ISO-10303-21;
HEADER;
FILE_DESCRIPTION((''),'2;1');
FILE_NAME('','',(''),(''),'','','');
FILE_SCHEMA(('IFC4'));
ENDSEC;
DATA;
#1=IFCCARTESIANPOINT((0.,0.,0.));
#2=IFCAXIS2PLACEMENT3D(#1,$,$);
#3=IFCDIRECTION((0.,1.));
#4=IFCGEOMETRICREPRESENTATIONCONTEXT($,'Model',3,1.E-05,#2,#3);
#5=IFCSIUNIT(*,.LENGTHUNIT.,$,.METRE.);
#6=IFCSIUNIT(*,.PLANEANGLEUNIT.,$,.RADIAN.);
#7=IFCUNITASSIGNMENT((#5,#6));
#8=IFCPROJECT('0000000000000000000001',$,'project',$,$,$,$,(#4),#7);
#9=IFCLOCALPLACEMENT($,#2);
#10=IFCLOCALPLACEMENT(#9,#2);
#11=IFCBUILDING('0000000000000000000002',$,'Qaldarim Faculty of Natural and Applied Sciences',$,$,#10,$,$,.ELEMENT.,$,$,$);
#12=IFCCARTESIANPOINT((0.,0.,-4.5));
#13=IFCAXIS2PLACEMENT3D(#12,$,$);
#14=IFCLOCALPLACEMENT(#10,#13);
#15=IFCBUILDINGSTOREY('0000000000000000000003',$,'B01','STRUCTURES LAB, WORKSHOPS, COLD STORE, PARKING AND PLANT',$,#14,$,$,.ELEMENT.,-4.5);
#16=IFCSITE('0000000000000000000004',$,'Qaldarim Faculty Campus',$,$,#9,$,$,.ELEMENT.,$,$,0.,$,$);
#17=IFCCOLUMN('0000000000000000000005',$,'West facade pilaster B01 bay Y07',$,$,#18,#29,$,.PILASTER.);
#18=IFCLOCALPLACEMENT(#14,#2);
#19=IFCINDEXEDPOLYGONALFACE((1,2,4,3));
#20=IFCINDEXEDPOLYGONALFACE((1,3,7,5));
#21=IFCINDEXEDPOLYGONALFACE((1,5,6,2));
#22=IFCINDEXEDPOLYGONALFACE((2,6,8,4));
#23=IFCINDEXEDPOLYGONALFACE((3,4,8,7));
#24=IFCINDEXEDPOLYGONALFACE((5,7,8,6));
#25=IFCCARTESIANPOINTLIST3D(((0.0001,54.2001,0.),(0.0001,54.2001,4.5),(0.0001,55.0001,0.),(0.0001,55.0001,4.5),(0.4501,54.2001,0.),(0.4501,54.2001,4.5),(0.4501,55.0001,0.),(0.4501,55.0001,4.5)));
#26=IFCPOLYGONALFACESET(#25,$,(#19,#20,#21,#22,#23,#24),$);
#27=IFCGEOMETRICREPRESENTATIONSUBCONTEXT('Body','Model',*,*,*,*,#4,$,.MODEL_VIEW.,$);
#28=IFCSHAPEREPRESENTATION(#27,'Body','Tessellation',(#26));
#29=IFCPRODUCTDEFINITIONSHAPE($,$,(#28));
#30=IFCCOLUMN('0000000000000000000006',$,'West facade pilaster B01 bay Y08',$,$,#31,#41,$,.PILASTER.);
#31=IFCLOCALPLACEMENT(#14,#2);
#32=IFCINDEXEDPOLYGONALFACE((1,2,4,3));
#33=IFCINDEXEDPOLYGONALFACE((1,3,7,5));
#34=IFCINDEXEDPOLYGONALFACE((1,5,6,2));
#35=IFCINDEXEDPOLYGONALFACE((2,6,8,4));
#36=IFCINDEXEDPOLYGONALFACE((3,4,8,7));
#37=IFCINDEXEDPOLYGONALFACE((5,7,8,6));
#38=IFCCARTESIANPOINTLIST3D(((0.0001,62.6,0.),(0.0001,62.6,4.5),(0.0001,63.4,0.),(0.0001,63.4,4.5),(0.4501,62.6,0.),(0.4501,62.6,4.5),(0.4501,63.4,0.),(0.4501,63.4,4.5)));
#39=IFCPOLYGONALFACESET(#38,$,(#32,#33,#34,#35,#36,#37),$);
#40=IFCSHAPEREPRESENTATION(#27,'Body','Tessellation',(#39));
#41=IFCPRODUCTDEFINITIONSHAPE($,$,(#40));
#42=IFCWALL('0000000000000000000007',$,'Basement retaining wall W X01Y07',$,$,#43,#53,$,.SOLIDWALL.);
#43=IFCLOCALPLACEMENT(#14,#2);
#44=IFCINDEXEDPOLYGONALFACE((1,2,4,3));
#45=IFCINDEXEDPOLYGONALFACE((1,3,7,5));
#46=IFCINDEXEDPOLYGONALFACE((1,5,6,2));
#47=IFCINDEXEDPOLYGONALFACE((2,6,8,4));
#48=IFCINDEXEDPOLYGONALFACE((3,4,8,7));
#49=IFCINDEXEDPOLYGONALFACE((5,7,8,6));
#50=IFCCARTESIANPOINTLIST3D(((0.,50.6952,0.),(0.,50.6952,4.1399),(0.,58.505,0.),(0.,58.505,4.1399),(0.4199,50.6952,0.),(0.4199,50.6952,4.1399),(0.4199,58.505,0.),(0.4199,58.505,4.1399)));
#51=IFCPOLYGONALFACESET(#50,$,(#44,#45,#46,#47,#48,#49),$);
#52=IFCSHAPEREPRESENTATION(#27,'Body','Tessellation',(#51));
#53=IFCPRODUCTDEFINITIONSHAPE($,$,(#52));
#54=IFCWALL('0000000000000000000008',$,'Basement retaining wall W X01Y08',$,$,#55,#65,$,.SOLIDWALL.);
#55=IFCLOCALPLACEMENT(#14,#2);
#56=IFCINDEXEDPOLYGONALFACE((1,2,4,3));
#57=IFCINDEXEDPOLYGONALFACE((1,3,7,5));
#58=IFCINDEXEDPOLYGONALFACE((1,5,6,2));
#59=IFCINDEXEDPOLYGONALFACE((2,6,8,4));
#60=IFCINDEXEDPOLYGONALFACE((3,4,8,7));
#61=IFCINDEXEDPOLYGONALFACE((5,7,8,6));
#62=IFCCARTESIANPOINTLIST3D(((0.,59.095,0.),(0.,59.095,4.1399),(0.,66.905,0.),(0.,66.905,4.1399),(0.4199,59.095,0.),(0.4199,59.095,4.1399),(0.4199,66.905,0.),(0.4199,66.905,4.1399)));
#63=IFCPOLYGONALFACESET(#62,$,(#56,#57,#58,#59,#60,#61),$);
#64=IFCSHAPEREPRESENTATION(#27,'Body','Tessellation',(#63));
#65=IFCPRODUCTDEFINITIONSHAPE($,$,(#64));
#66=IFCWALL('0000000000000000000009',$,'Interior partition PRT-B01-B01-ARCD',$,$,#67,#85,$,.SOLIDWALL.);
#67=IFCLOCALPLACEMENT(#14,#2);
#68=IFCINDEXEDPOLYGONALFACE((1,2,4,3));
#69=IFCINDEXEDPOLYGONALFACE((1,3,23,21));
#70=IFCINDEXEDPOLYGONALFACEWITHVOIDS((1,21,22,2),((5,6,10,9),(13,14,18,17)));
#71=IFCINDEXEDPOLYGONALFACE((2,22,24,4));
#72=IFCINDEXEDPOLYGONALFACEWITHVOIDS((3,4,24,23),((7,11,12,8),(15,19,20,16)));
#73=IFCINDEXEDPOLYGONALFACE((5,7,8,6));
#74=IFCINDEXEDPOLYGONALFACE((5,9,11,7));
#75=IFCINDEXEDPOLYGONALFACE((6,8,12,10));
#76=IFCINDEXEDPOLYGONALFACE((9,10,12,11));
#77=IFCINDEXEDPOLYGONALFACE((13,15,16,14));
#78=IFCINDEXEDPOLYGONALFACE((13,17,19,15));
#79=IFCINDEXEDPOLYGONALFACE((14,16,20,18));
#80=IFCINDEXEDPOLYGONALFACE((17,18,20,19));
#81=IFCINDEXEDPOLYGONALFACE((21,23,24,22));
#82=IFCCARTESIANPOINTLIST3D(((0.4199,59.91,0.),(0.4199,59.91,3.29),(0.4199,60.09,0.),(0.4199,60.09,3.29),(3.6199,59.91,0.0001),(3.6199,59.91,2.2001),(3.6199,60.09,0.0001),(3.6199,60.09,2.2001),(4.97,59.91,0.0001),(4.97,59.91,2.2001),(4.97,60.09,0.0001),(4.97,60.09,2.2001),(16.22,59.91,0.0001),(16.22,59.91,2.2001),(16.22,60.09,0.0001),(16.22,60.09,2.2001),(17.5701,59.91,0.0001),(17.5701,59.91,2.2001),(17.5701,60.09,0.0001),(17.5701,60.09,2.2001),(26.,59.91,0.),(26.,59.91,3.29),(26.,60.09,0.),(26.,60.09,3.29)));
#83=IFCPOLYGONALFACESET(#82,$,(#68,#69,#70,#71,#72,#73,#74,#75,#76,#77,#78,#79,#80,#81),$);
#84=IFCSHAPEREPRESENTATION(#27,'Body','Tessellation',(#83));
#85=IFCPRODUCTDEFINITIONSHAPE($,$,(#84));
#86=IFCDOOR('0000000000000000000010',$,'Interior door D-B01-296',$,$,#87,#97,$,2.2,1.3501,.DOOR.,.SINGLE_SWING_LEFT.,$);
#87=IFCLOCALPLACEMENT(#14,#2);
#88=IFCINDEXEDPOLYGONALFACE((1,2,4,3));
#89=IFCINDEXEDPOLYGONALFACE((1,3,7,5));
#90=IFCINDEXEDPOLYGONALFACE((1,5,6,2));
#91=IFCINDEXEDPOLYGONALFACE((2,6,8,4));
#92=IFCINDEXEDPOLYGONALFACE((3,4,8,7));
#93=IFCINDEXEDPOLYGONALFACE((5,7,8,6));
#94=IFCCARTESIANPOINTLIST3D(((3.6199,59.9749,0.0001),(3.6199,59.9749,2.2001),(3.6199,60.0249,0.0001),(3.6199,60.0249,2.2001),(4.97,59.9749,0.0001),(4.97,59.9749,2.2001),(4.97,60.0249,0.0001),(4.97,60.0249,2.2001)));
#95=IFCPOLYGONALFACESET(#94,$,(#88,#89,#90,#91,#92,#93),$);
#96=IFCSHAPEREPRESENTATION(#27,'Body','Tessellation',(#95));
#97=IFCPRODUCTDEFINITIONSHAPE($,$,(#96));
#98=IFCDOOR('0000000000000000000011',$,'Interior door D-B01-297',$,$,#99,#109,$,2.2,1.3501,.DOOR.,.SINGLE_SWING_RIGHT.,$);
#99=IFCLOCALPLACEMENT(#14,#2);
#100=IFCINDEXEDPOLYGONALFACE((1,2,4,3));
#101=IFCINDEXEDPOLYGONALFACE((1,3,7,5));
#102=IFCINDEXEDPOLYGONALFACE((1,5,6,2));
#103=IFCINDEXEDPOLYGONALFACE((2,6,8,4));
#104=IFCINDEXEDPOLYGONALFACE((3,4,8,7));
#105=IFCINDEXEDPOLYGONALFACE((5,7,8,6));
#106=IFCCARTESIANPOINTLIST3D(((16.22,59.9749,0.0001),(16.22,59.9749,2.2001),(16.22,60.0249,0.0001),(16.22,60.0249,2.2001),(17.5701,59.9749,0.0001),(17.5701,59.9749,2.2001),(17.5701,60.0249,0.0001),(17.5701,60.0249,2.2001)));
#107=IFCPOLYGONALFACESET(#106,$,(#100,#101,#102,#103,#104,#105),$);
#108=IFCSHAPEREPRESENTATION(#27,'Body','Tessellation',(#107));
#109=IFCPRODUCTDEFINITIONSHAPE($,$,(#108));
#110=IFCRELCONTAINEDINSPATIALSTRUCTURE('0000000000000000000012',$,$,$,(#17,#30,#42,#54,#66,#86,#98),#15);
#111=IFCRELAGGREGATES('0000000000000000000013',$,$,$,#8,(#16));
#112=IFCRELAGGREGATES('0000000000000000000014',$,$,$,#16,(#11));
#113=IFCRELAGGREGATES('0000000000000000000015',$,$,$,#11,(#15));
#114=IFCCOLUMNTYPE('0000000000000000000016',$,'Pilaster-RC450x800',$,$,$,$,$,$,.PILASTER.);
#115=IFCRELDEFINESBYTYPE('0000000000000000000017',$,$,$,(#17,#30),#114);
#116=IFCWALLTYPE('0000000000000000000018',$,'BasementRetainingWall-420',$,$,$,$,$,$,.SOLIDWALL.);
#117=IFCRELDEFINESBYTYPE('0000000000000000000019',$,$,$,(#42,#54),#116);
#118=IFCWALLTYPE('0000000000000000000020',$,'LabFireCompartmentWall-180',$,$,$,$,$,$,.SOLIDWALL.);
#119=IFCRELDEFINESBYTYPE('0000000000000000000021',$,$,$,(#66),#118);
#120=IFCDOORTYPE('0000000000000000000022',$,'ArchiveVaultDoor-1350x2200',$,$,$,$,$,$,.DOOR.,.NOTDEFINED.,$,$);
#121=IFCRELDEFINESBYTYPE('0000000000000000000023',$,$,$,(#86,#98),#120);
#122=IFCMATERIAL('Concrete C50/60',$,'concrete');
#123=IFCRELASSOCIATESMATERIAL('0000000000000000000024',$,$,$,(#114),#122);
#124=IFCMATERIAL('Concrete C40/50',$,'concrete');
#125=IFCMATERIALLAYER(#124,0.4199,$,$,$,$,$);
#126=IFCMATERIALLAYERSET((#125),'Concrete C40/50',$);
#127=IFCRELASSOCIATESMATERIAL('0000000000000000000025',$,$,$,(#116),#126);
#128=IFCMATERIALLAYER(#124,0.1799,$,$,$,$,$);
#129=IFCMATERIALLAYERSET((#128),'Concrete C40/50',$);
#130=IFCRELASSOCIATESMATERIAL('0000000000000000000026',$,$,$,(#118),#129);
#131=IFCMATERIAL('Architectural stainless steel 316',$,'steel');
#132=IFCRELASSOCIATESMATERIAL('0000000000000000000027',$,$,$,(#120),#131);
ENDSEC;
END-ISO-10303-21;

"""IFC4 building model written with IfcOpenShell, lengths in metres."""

from ifc_helpers import new_model, si_unit, direction, frame, frame_2d, origin, origin_2d, place, context, subcontext, project, spatial, rectangle, extrude, material, layer, layer_set, material_profile, profile_set, type_object, element, fill, save


model = new_model("IFC4")

# Units and contexts
model_context = context("Model", 3, precision=1e-05, world=origin(), true_north=direction((0.0, 1.0)))
body_context = subcontext(model_context, "Body", "Model", "MODEL_VIEW")
ifc_project = project(units=[si_unit("LENGTHUNIT", "METRE"), si_unit("PLANEANGLEUNIT", "RADIAN")], contexts=[model_context])

# Site, building, storey
site_placement = place(None, origin())
site = spatial("IfcSite", under=ifc_project, at=site_placement, Name="Qaldarim Faculty Campus", CompositionType="ELEMENT", RefElevation=0.0)
building_placement = place(site_placement, origin())
building = spatial("IfcBuilding", under=site, at=building_placement, Name="Qaldarim Faculty of Natural and Applied Sciences", CompositionType="ELEMENT")
storey_placement = place(building_placement, frame((0.0, 0.0, -4.5)))
storey = spatial("IfcBuildingStorey", under=building, at=storey_placement, Name="B01", Description="STRUCTURES LAB, WORKSHOPS, COLD STORE, PARKING AND PLANT", CompositionType="ELEMENT", Elevation=-4.5)

# Shared definitions
ifc_material_1 = material(Name="Concrete C40/50", Category="concrete")

# Columns
ifc_material_2 = material(Name="Concrete C50/60", Category="concrete")
ifc_material_profile_1 = material_profile(ifc_material_2, rectangle(XDim=0.45, YDim=0.8, at=origin_2d()), Name="RC-C450x800")
ifc_profile_set_1 = profile_set([ifc_material_profile_1], Name="Concrete C50/60")
column_type_1 = type_object("IfcColumnType", Name="Pilaster-RC450x800", PredefinedType="PILASTER", material=ifc_profile_set_1)
for number, where, z_axis, x_axis, name in (
    (1, (0.2251, 54.6001, 0.0), (0.0, 0.0, 1.0), (1.0, 0.0, 0.0), "West facade pilaster B01 bay Y07"),
    (2, (0.2251, 63.0, 0.0), (0.0, 0.0, 1.0), (1.0, 0.0, 0.0), "West facade pilaster B01 bay Y08"),
):
    element("IfcColumn", number, at=place(storey_placement, frame(where, z_axis=z_axis, x_axis=x_axis)), inside=storey, type_object=column_type_1, Name=name, PredefinedType="PILASTER", context=body_context, shape_type="SweptSolid", body=[
        extrude(rectangle(XDim=0.45, YDim=0.8, at=origin_2d()), origin(), (0.0, 0.0, 1.0), 4.5),
    ])

# Walls
ifc_layer_1 = layer(ifc_material_1, 0.4199)
ifc_layer_set_1 = layer_set([ifc_layer_1], Name="Concrete C40/50")
wall_type_1 = type_object("IfcWallType", Name="BasementRetainingWall-420", PredefinedType="SOLIDWALL", material=ifc_layer_set_1)
wall_1_placement = place(storey_placement, frame((0.21, 58.5049, 0.0), z_axis=(0.0, 0.0, 1.0), x_axis=(0.0, -1.0, 0.0)))
element("IfcWall", 3, at=wall_1_placement, inside=storey, type_object=wall_type_1, Name="Basement retaining wall W X01Y07", PredefinedType="SOLIDWALL", context=body_context, shape_type="SweptSolid", body=[
    extrude(rectangle(XDim=7.8098, YDim=0.4199, at=frame_2d((3.9048, 0.0))), origin(), (0.0, 0.0, 1.0), 4.1399),
])
wall_2_placement = place(storey_placement, frame((0.21, 66.905, 0.0), z_axis=(0.0, 0.0, 1.0), x_axis=(0.0, -1.0, 0.0)))
element("IfcWall", 4, at=wall_2_placement, inside=storey, type_object=wall_type_1, Name="Basement retaining wall W X01Y08", PredefinedType="SOLIDWALL", context=body_context, shape_type="SweptSolid", body=[
    extrude(rectangle(XDim=7.8101, YDim=0.4199, at=frame_2d((3.905, 0.0))), origin(), (0.0, 0.0, 1.0), 4.1399),
])

# Wall, openings, doors
ifc_layer_2 = layer(ifc_material_1, 0.1799)
ifc_layer_set_2 = layer_set([ifc_layer_2], Name="Concrete C40/50")
wall_type_2 = type_object("IfcWallType", Name="LabFireCompartmentWall-180", PredefinedType="SOLIDWALL", material=ifc_layer_set_2)
wall_3_placement = place(storey_placement, frame((0.4199, 60.0, 0.0), z_axis=(0.0, 0.0, 1.0), x_axis=(1.0, 0.0, 0.0)))
wall_3 = element("IfcWall", 5, at=wall_3_placement, inside=storey, type_object=wall_type_2, Name="Interior partition PRT-B01-B01-ARCD", PredefinedType="SOLIDWALL", context=body_context, shape_type="SweptSolid", body=[
    extrude(rectangle(XDim=25.5801, YDim=0.1799, at=frame_2d((12.79, 0.0))), origin(), (0.0, 0.0, 1.0), 3.29),
])
opening_1_placement = place(wall_3_placement, frame((3.2, 0.0, 0.0)))
opening_1 = element("IfcOpeningElement", 6, at=opening_1_placement, cuts=wall_3, PredefinedType="OPENING", context=body_context, shape_type="SweptSolid", body=[
    extrude(rectangle(XDim=1.3501, YDim=2.2, at=frame_2d((0.675, 1.1001))), frame((0.0, 0.0999, 0.0), z_axis=(0.0, -1.0, 0.0), x_axis=(1.0, 0.0, 0.0)), (0.0, 0.0, 1.0), 0.2),
])
opening_2_placement = place(wall_3_placement, frame((15.8, 0.0, 0.0)))
opening_2 = element("IfcOpeningElement", 7, at=opening_2_placement, cuts=wall_3, PredefinedType="OPENING", context=body_context, shape_type="SweptSolid", body=[
    extrude(rectangle(XDim=1.3501, YDim=2.2, at=frame_2d((0.675, 1.1001))), frame((0.0, 0.0999, 0.0), z_axis=(0.0, -1.0, 0.0), x_axis=(1.0, 0.0, 0.0)), (0.0, 0.0, 1.0), 0.2),
])
ifc_material_3 = material(Name="Architectural stainless steel 316", Category="steel")
door_type = type_object("IfcDoorType", Name="ArchiveVaultDoor-1350x2200", OperationType="NOTDEFINED", PredefinedType="DOOR", material=ifc_material_3)
door_1_placement = place(opening_1_placement, origin())
door_1 = element("IfcDoor", 8, at=door_1_placement, inside=storey, type_object=door_type, Name="Interior door D-B01-296", OperationType="SINGLE_SWING_LEFT", OverallHeight=2.2, OverallWidth=1.3501, PredefinedType="DOOR", context=body_context, shape_type="SweptSolid", body=[
    extrude(rectangle(XDim=1.3501, YDim=2.2, at=frame_2d((0.675, 1.1001))), frame((0.0, 0.0249, 0.0), z_axis=(0.0, -1.0, 0.0), x_axis=(1.0, 0.0, 0.0)), (0.0, 0.0, 1.0), 0.05),
])
fill(opening_1, door_1)
door_2_placement = place(opening_2_placement, origin())
door_2 = element("IfcDoor", 9, at=door_2_placement, inside=storey, type_object=door_type, Name="Interior door D-B01-297", OperationType="SINGLE_SWING_RIGHT", OverallHeight=2.2, OverallWidth=1.3501, PredefinedType="DOOR", context=body_context, shape_type="SweptSolid", body=[
    extrude(rectangle(XDim=1.3501, YDim=2.2, at=frame_2d((0.675, 1.1001))), frame((0.0, 0.0249, 0.0), z_axis=(0.0, -1.0, 0.0), x_axis=(1.0, 0.0, 0.0)), (0.0, 0.0, 1.0), 0.05),
])
fill(opening_2, door_2)

save(model, "model.ifc")
